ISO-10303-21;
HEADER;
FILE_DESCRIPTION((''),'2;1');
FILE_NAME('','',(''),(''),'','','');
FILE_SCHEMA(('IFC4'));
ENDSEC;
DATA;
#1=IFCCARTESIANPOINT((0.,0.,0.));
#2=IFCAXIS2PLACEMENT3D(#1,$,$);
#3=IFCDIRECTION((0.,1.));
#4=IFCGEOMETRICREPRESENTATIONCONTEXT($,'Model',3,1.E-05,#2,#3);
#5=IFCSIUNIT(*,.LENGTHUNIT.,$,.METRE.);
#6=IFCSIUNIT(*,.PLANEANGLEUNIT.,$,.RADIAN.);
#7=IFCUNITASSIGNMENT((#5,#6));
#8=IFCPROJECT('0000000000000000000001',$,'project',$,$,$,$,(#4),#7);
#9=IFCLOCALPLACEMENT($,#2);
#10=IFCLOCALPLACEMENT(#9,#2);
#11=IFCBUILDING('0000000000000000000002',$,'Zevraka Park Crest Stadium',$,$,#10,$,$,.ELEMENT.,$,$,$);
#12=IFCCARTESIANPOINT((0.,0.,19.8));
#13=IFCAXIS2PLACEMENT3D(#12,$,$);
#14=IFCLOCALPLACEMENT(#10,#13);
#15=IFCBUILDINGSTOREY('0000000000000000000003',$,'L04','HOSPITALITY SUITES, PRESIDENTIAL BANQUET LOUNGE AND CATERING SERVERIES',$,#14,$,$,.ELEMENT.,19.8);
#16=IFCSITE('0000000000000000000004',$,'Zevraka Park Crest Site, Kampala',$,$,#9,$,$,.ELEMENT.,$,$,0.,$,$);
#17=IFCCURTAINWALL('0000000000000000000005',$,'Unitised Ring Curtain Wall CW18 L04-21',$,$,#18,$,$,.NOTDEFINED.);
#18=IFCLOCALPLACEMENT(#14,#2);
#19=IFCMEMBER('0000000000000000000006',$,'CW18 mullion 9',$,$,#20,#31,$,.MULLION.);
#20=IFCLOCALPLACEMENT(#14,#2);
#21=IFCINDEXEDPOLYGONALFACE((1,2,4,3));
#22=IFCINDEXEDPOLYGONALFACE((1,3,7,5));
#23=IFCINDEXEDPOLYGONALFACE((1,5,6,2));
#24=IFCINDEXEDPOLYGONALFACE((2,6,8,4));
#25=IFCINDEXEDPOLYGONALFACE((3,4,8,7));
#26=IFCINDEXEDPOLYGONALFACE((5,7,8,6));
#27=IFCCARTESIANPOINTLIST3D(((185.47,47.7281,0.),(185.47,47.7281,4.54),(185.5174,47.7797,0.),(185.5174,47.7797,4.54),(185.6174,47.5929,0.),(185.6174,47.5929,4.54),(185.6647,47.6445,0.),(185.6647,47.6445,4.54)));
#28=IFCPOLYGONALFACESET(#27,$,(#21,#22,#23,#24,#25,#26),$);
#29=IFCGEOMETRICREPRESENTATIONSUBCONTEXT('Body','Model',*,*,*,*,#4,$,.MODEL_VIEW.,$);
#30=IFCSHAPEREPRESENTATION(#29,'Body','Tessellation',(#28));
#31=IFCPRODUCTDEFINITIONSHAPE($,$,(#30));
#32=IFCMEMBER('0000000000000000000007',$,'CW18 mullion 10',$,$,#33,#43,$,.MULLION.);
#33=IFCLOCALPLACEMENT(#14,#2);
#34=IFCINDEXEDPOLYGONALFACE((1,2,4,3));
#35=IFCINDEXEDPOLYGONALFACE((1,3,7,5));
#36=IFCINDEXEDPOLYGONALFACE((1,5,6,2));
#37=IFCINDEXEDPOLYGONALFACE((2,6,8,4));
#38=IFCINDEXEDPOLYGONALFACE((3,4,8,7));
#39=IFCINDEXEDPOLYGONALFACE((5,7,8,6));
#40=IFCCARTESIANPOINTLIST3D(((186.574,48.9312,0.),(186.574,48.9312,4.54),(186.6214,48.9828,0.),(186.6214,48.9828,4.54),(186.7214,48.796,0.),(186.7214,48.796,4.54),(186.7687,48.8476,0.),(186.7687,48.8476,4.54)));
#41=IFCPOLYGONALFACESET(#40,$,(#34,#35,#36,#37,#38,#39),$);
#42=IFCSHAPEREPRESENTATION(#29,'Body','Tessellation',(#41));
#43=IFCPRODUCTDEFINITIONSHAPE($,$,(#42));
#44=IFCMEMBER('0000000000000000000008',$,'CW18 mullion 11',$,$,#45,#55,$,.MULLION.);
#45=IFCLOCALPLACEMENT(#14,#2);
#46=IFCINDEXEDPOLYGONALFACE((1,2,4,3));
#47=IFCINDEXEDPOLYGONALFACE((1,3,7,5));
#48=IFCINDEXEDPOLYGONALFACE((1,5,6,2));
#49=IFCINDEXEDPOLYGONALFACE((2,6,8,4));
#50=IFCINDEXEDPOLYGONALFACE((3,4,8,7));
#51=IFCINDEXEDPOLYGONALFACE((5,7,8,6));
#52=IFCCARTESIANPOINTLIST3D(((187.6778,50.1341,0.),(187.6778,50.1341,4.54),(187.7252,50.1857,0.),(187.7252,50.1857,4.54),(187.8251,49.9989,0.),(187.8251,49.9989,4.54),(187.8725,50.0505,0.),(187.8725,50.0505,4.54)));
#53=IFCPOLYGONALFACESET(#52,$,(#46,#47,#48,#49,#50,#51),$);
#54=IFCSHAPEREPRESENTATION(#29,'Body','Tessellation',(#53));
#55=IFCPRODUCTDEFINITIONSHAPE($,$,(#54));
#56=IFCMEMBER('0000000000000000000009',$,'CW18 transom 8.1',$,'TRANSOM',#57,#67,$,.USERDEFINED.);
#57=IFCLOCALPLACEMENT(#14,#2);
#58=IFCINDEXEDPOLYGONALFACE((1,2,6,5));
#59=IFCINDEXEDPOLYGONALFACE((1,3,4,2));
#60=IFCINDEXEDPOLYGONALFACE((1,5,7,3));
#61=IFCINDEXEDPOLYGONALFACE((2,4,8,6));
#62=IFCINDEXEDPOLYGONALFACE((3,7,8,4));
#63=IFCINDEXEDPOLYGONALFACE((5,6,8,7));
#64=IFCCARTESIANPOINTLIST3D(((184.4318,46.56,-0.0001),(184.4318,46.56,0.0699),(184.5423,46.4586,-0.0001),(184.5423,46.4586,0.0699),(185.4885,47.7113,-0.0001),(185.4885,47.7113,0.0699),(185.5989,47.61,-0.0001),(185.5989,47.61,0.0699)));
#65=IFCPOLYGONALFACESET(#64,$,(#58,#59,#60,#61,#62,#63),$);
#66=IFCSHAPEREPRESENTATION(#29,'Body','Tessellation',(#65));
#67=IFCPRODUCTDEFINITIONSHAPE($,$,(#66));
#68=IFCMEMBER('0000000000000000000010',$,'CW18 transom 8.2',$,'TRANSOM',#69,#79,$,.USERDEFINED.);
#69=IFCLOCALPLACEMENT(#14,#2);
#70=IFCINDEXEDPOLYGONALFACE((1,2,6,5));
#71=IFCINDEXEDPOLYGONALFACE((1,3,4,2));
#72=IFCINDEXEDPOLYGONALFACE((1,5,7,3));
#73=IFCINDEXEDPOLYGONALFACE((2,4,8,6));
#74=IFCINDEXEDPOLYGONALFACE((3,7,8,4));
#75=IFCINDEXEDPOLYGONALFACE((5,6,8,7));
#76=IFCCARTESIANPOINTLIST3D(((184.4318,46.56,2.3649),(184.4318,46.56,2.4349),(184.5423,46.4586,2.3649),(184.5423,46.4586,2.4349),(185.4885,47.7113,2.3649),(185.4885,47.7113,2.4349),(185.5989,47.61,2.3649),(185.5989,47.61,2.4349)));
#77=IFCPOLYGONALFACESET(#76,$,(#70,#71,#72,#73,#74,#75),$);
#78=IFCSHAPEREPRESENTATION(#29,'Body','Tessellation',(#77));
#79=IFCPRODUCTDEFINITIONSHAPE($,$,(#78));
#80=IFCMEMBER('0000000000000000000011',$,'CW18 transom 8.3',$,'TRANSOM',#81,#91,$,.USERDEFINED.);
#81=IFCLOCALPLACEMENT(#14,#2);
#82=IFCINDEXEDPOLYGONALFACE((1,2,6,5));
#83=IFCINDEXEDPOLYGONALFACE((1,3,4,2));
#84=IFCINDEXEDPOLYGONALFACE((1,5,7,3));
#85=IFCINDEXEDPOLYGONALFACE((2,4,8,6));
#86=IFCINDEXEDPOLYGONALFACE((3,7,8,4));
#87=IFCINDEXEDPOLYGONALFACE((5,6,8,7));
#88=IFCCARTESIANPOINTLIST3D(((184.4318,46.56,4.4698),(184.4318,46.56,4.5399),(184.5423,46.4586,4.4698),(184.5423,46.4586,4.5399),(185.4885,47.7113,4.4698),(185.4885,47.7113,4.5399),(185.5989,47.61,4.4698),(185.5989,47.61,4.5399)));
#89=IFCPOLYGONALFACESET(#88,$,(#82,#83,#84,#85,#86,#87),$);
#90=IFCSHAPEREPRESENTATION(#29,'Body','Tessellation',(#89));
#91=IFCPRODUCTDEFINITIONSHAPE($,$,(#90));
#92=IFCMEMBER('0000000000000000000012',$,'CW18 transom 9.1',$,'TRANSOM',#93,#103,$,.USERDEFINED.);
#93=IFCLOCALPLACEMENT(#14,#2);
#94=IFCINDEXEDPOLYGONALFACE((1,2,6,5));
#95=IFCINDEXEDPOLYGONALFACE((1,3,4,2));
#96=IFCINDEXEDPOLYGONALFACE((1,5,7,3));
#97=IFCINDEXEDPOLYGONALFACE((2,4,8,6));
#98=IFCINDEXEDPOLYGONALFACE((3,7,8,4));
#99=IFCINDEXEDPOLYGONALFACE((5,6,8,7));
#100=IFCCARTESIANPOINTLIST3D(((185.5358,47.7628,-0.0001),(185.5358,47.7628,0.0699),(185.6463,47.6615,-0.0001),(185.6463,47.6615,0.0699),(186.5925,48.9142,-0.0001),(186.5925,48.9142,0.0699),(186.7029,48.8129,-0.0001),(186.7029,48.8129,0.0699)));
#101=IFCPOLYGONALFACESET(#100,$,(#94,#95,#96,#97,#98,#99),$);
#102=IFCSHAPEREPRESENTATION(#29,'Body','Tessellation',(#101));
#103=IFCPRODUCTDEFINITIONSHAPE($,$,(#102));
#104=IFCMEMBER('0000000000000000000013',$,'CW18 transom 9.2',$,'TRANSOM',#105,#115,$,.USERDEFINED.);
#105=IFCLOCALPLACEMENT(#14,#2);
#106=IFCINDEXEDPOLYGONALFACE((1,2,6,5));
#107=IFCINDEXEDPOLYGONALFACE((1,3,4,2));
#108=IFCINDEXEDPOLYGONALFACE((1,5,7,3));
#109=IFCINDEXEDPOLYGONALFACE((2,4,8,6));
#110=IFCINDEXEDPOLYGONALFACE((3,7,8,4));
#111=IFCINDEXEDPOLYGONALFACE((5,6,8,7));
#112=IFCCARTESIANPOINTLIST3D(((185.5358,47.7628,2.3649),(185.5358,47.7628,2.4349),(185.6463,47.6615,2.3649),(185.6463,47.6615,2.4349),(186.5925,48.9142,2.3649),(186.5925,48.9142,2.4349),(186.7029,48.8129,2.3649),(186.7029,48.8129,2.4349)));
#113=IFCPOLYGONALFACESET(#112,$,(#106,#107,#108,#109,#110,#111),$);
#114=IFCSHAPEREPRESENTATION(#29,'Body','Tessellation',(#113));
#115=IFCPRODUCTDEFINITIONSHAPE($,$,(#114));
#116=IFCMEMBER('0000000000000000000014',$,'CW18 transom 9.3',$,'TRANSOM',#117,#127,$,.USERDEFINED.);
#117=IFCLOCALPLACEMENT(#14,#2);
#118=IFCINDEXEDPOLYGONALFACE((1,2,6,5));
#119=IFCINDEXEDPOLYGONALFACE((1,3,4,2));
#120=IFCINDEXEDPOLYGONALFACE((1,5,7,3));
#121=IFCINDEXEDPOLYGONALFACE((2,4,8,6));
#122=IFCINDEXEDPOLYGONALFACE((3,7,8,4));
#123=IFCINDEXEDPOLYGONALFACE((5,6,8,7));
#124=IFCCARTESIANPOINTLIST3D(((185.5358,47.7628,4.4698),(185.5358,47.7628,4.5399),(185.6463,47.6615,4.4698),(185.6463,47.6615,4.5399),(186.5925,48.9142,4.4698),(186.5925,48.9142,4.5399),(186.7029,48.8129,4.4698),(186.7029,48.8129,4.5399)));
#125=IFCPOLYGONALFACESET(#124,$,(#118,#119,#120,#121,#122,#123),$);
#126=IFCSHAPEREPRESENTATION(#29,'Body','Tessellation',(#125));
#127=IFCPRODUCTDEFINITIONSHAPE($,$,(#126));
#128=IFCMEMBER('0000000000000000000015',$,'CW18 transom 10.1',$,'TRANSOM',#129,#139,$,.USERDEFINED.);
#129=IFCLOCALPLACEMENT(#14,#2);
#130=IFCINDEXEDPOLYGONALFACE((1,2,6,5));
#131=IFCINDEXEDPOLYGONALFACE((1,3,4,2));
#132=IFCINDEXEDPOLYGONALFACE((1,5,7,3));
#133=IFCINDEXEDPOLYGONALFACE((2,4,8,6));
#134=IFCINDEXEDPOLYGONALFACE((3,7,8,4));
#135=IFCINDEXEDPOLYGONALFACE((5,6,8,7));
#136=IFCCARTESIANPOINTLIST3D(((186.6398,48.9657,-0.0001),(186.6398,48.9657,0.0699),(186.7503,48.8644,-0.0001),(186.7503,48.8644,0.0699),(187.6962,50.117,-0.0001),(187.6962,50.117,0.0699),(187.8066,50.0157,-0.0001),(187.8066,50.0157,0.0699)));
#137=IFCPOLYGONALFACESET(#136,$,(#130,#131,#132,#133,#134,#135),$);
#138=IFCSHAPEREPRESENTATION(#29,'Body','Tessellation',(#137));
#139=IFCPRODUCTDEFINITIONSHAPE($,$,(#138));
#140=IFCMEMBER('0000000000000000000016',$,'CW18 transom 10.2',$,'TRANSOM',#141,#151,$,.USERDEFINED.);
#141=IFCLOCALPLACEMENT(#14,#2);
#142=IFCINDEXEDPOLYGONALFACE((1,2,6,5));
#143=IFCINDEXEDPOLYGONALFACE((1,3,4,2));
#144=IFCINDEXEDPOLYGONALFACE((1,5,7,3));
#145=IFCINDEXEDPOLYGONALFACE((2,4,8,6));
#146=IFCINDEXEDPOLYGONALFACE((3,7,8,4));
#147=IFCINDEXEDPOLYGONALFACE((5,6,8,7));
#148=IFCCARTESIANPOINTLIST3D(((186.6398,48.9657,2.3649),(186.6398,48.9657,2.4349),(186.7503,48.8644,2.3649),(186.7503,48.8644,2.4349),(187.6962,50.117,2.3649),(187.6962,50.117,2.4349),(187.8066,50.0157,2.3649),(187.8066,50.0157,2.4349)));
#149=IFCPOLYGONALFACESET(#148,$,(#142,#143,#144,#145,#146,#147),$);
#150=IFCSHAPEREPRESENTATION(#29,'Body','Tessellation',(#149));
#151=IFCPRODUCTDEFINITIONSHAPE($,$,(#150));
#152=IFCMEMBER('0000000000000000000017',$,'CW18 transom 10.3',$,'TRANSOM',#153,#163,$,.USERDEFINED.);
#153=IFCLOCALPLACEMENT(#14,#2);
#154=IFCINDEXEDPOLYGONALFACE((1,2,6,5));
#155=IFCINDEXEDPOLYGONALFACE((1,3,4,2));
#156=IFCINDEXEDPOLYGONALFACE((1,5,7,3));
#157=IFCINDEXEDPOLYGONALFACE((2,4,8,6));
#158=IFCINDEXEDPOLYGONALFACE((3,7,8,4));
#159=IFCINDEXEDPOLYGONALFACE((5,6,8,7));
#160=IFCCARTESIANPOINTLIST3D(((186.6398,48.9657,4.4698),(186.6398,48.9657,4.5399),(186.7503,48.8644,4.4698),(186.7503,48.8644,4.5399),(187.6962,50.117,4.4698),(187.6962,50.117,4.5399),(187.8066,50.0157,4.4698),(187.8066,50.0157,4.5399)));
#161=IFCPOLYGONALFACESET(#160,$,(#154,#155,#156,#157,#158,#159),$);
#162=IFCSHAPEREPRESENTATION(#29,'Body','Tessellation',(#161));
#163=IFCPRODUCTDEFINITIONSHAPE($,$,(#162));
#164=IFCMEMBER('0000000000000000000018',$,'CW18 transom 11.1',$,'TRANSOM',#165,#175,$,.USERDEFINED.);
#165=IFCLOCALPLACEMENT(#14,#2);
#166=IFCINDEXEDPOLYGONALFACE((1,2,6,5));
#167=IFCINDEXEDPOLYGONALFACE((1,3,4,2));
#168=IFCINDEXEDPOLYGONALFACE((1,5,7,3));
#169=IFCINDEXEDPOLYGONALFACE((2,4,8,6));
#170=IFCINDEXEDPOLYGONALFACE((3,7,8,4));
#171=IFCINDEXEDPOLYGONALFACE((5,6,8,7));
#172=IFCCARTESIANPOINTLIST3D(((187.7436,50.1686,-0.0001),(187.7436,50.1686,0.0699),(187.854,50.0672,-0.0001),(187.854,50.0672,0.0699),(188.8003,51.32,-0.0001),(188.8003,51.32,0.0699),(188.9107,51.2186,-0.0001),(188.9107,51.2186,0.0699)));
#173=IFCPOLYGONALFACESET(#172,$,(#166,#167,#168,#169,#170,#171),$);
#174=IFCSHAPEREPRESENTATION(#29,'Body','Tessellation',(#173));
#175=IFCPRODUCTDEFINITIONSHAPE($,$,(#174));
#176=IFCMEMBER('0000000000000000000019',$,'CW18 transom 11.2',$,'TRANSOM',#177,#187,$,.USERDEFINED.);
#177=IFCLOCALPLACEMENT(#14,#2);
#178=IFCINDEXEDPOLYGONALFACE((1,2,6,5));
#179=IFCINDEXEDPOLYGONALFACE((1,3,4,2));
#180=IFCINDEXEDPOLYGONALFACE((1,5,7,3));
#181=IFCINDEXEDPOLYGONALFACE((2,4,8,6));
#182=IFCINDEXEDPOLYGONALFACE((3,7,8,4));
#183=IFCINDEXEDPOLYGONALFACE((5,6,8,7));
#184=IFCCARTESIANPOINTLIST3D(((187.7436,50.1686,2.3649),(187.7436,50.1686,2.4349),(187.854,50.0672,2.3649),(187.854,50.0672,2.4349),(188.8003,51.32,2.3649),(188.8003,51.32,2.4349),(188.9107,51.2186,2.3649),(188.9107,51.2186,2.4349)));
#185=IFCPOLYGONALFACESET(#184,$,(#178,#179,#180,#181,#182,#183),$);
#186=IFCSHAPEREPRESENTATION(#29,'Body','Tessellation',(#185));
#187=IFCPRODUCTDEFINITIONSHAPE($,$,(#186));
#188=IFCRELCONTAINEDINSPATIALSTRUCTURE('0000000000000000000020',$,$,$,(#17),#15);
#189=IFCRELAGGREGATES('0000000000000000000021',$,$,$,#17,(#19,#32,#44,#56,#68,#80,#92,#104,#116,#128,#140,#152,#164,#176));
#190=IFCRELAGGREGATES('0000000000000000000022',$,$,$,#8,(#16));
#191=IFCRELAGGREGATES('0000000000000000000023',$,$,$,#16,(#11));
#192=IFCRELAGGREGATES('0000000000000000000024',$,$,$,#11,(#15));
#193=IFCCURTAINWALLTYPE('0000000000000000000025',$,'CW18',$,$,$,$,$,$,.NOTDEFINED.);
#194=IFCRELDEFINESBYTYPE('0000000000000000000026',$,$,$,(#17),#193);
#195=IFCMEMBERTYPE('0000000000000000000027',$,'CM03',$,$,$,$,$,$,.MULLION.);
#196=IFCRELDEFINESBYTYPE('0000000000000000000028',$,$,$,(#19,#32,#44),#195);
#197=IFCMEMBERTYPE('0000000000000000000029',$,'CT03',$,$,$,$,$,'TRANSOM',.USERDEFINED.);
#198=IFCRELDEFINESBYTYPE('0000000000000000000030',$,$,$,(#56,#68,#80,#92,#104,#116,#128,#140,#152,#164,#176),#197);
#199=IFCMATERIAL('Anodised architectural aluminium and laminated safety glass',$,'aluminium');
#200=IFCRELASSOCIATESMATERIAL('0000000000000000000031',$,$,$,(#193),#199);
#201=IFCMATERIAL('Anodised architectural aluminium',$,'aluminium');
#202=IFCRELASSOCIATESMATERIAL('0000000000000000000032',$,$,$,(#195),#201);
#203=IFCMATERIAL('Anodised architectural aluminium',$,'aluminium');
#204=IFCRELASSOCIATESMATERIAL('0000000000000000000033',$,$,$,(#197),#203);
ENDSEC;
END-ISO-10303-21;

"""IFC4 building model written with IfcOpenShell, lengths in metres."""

from ifc_helpers import new_model, si_unit, direction, frame, origin, origin_2d, place, context, subcontext, project, spatial, rectangle, extrude, material, material_profile, profile_set, type_object, element, aggregate, save


model = new_model("IFC4")

# Units and contexts
model_context = context("Model", 3, precision=1e-05, world=origin(), true_north=direction((0.0, 1.0)))
body_context = subcontext(model_context, "Body", "Model", "MODEL_VIEW")
ifc_project = project(units=[si_unit("LENGTHUNIT", "METRE"), si_unit("PLANEANGLEUNIT", "RADIAN")], contexts=[model_context])

# Site, building, storey
site_placement = place(None, origin())
site = spatial("IfcSite", under=ifc_project, at=site_placement, Name="Zevraka Park Crest Site, Kampala", CompositionType="ELEMENT", RefElevation=0.0)
building_placement = place(site_placement, origin())
building = spatial("IfcBuilding", under=site, at=building_placement, Name="Zevraka Park Crest Stadium", CompositionType="ELEMENT")
storey_placement = place(building_placement, frame((0.0, 0.0, 19.8)))
storey = spatial("IfcBuildingStorey", under=building, at=storey_placement, Name="L04", Description="HOSPITALITY SUITES, PRESIDENTIAL BANQUET LOUNGE AND CATERING SERVERIES", CompositionType="ELEMENT", Elevation=19.8)

# Curtain wall, members
ifc_material_1 = material(Name="Anodised architectural aluminium and laminated safety glass", Category="aluminium")
curtain_wall_type = type_object("IfcCurtainWallType", Name="CW18", PredefinedType="NOTDEFINED", material=ifc_material_1)
curtain_wall_placement = place(storey_placement, origin())
curtain_wall = element("IfcCurtainWall", 1, at=curtain_wall_placement, inside=storey, type_object=curtain_wall_type, Name="Unitised Ring Curtain Wall CW18 L04-21", PredefinedType="NOTDEFINED")
ifc_material_2 = material(Name="Anodised architectural aluminium", Category="aluminium")
ifc_material_profile_1 = material_profile(ifc_material_2, rectangle(XDim=0.2, YDim=0.0701, at=origin_2d()), Name="ALU MULLION 200x70")
ifc_profile_set_1 = profile_set([ifc_material_profile_1], Name="Anodised architectural aluminium")
member_type_1 = type_object("IfcMemberType", Name="CM03", PredefinedType="MULLION", material=ifc_profile_set_1)
member_1_placement = place(storey_placement, frame((185.5674, 47.6863, 0.0), z_axis=(0.0, 0.0, 1.0), x_axis=(-0.736775, 0.676138, 0.0)))
member_1 = element("IfcMember", 2, at=member_1_placement, type_object=member_type_1, Name="CW18 mullion 9", PredefinedType="MULLION", context=body_context, shape_type="SweptSolid", body=[
    extrude(rectangle(XDim=0.2, YDim=0.0701, at=origin_2d()), origin(), (0.0, 0.0, 1.0), 4.54),
])
member_2_placement = place(storey_placement, frame((186.6714, 48.8894, 0.0), z_axis=(0.0, 0.0, 1.0), x_axis=(-0.736775, 0.676138, 0.0)))
member_2 = element("IfcMember", 3, at=member_2_placement, type_object=member_type_1, Name="CW18 mullion 10", PredefinedType="MULLION", context=body_context, shape_type="SweptSolid", body=[
    extrude(rectangle(XDim=0.2, YDim=0.0701, at=origin_2d()), origin(), (0.0, 0.0, 1.0), 4.54),
])
member_3_placement = place(storey_placement, frame((187.7751, 50.0923, 0.0), z_axis=(0.0, 0.0, 1.0), x_axis=(-0.736775, 0.676138, 0.0)))
member_3 = element("IfcMember", 4, at=member_3_placement, type_object=member_type_1, Name="CW18 mullion 11", PredefinedType="MULLION", context=body_context, shape_type="SweptSolid", body=[
    extrude(rectangle(XDim=0.2, YDim=0.0701, at=origin_2d()), origin(), (0.0, 0.0, 1.0), 4.54),
])
ifc_material_3 = material(Name="Anodised architectural aluminium", Category="aluminium")
ifc_material_profile_2 = material_profile(ifc_material_3, rectangle(XDim=0.1499, YDim=0.0701, at=origin_2d()), Name="ALU TRANSOM 150x70")
ifc_profile_set_2 = profile_set([ifc_material_profile_2], Name="Anodised architectural aluminium")
member_type_2 = type_object("IfcMemberType", Name="CT03", ElementType="TRANSOM", PredefinedType="USERDEFINED", material=ifc_profile_set_2)
member_4_placement = place(storey_placement, frame((184.4871, 46.5093, 0.0349), z_axis=(0.676149, 0.736765, 0.0), x_axis=(-0.736765, 0.676149, 0.0)))
member_4 = element("IfcMember", 5, at=member_4_placement, type_object=member_type_2, Name="CW18 transom 8.1", ObjectType="TRANSOM", PredefinedType="USERDEFINED", context=body_context, shape_type="SweptSolid", body=[
    extrude(rectangle(XDim=0.1499, YDim=0.0701, at=origin_2d()), origin(), (0.0, 0.0, 1.0), 1.5627),
])
member_5_placement = place(storey_placement, frame((184.4871, 46.5093, 2.3999), z_axis=(0.676149, 0.736765, 0.0), x_axis=(-0.736765, 0.676149, 0.0)))
member_5 = element("IfcMember", 6, at=member_5_placement, type_object=member_type_2, Name="CW18 transom 8.2", ObjectType="TRANSOM", PredefinedType="USERDEFINED", context=body_context, shape_type="SweptSolid", body=[
    extrude(rectangle(XDim=0.1499, YDim=0.0701, at=origin_2d()), origin(), (0.0, 0.0, 1.0), 1.5627),
])
member_6_placement = place(storey_placement, frame((184.4871, 46.5093, 4.5049), z_axis=(0.676149, 0.736765, 0.0), x_axis=(-0.736765, 0.676149, 0.0)))
member_6 = element("IfcMember", 7, at=member_6_placement, type_object=member_type_2, Name="CW18 transom 8.3", ObjectType="TRANSOM", PredefinedType="USERDEFINED", context=body_context, shape_type="SweptSolid", body=[
    extrude(rectangle(XDim=0.1499, YDim=0.0701, at=origin_2d()), origin(), (0.0, 0.0, 1.0), 1.5627),
])
member_7_placement = place(storey_placement, frame((185.5911, 47.7122, 0.0349), z_axis=(0.676149, 0.736765, 0.0), x_axis=(-0.736765, 0.676149, 0.0)))
member_7 = element("IfcMember", 8, at=member_7_placement, type_object=member_type_2, Name="CW18 transom 9.1", ObjectType="TRANSOM", PredefinedType="USERDEFINED", context=body_context, shape_type="SweptSolid", body=[
    extrude(rectangle(XDim=0.1499, YDim=0.0701, at=origin_2d()), origin(), (0.0, 0.0, 1.0), 1.5627),
])
member_8_placement = place(storey_placement, frame((185.5911, 47.7122, 2.3999), z_axis=(0.676149, 0.736765, 0.0), x_axis=(-0.736765, 0.676149, 0.0)))
member_8 = element("IfcMember", 9, at=member_8_placement, type_object=member_type_2, Name="CW18 transom 9.2", ObjectType="TRANSOM", PredefinedType="USERDEFINED", context=body_context, shape_type="SweptSolid", body=[
    extrude(rectangle(XDim=0.1499, YDim=0.0701, at=origin_2d()), origin(), (0.0, 0.0, 1.0), 1.5627),
])
member_9_placement = place(storey_placement, frame((185.5911, 47.7122, 4.5049), z_axis=(0.676149, 0.736765, 0.0), x_axis=(-0.736765, 0.676149, 0.0)))
member_9 = element("IfcMember", 10, at=member_9_placement, type_object=member_type_2, Name="CW18 transom 9.3", ObjectType="TRANSOM", PredefinedType="USERDEFINED", context=body_context, shape_type="SweptSolid", body=[
    extrude(rectangle(XDim=0.1499, YDim=0.0701, at=origin_2d()), origin(), (0.0, 0.0, 1.0), 1.5627),
])
member_10_placement = place(storey_placement, frame((186.6951, 48.915, 0.0349), z_axis=(0.676064, 0.736843, 0.0), x_axis=(-0.736843, 0.676064, 0.0)))
member_10 = element("IfcMember", 11, at=member_10_placement, type_object=member_type_2, Name="CW18 transom 10.1", ObjectType="TRANSOM", PredefinedType="USERDEFINED", context=body_context, shape_type="SweptSolid", body=[
    extrude(rectangle(XDim=0.1499, YDim=0.0701, at=origin_2d()), origin(), (0.0, 0.0, 1.0), 1.5625),
])
member_11_placement = place(storey_placement, frame((186.6951, 48.915, 2.3999), z_axis=(0.676064, 0.736843, 0.0), x_axis=(-0.736843, 0.676064, 0.0)))
member_11 = element("IfcMember", 12, at=member_11_placement, type_object=member_type_2, Name="CW18 transom 10.2", ObjectType="TRANSOM", PredefinedType="USERDEFINED", context=body_context, shape_type="SweptSolid", body=[
    extrude(rectangle(XDim=0.1499, YDim=0.0701, at=origin_2d()), origin(), (0.0, 0.0, 1.0), 1.5625),
])
member_12_placement = place(storey_placement, frame((186.6951, 48.915, 4.5049), z_axis=(0.676064, 0.736843, 0.0), x_axis=(-0.736843, 0.676064, 0.0)))
member_12 = element("IfcMember", 13, at=member_12_placement, type_object=member_type_2, Name="CW18 transom 10.3", ObjectType="TRANSOM", PredefinedType="USERDEFINED", context=body_context, shape_type="SweptSolid", body=[
    extrude(rectangle(XDim=0.1499, YDim=0.0701, at=origin_2d()), origin(), (0.0, 0.0, 1.0), 1.5625),
])
member_13_placement = place(storey_placement, frame((187.7988, 50.1179, 0.0349), z_axis=(0.676149, 0.736765, 0.0), x_axis=(-0.736765, 0.676149, 0.0)))
member_13 = element("IfcMember", 14, at=member_13_placement, type_object=member_type_2, Name="CW18 transom 11.1", ObjectType="TRANSOM", PredefinedType="USERDEFINED", context=body_context, shape_type="SweptSolid", body=[
    extrude(rectangle(XDim=0.1499, YDim=0.0701, at=origin_2d()), origin(), (0.0, 0.0, 1.0), 1.5627),
])
member_14_placement = place(storey_placement, frame((187.7988, 50.1179, 2.3999), z_axis=(0.676149, 0.736765, 0.0), x_axis=(-0.736765, 0.676149, 0.0)))
member_14 = element("IfcMember", 15, at=member_14_placement, type_object=member_type_2, Name="CW18 transom 11.2", ObjectType="TRANSOM", PredefinedType="USERDEFINED", context=body_context, shape_type="SweptSolid", body=[
    extrude(rectangle(XDim=0.1499, YDim=0.0701, at=origin_2d()), origin(), (0.0, 0.0, 1.0), 1.5627),
])
aggregate(curtain_wall, [member_1, member_2, member_3, member_4, member_5, member_6, member_7, member_8, member_9, member_10, member_11, member_12, member_13, member_14])

save(model, "model.ifc")
